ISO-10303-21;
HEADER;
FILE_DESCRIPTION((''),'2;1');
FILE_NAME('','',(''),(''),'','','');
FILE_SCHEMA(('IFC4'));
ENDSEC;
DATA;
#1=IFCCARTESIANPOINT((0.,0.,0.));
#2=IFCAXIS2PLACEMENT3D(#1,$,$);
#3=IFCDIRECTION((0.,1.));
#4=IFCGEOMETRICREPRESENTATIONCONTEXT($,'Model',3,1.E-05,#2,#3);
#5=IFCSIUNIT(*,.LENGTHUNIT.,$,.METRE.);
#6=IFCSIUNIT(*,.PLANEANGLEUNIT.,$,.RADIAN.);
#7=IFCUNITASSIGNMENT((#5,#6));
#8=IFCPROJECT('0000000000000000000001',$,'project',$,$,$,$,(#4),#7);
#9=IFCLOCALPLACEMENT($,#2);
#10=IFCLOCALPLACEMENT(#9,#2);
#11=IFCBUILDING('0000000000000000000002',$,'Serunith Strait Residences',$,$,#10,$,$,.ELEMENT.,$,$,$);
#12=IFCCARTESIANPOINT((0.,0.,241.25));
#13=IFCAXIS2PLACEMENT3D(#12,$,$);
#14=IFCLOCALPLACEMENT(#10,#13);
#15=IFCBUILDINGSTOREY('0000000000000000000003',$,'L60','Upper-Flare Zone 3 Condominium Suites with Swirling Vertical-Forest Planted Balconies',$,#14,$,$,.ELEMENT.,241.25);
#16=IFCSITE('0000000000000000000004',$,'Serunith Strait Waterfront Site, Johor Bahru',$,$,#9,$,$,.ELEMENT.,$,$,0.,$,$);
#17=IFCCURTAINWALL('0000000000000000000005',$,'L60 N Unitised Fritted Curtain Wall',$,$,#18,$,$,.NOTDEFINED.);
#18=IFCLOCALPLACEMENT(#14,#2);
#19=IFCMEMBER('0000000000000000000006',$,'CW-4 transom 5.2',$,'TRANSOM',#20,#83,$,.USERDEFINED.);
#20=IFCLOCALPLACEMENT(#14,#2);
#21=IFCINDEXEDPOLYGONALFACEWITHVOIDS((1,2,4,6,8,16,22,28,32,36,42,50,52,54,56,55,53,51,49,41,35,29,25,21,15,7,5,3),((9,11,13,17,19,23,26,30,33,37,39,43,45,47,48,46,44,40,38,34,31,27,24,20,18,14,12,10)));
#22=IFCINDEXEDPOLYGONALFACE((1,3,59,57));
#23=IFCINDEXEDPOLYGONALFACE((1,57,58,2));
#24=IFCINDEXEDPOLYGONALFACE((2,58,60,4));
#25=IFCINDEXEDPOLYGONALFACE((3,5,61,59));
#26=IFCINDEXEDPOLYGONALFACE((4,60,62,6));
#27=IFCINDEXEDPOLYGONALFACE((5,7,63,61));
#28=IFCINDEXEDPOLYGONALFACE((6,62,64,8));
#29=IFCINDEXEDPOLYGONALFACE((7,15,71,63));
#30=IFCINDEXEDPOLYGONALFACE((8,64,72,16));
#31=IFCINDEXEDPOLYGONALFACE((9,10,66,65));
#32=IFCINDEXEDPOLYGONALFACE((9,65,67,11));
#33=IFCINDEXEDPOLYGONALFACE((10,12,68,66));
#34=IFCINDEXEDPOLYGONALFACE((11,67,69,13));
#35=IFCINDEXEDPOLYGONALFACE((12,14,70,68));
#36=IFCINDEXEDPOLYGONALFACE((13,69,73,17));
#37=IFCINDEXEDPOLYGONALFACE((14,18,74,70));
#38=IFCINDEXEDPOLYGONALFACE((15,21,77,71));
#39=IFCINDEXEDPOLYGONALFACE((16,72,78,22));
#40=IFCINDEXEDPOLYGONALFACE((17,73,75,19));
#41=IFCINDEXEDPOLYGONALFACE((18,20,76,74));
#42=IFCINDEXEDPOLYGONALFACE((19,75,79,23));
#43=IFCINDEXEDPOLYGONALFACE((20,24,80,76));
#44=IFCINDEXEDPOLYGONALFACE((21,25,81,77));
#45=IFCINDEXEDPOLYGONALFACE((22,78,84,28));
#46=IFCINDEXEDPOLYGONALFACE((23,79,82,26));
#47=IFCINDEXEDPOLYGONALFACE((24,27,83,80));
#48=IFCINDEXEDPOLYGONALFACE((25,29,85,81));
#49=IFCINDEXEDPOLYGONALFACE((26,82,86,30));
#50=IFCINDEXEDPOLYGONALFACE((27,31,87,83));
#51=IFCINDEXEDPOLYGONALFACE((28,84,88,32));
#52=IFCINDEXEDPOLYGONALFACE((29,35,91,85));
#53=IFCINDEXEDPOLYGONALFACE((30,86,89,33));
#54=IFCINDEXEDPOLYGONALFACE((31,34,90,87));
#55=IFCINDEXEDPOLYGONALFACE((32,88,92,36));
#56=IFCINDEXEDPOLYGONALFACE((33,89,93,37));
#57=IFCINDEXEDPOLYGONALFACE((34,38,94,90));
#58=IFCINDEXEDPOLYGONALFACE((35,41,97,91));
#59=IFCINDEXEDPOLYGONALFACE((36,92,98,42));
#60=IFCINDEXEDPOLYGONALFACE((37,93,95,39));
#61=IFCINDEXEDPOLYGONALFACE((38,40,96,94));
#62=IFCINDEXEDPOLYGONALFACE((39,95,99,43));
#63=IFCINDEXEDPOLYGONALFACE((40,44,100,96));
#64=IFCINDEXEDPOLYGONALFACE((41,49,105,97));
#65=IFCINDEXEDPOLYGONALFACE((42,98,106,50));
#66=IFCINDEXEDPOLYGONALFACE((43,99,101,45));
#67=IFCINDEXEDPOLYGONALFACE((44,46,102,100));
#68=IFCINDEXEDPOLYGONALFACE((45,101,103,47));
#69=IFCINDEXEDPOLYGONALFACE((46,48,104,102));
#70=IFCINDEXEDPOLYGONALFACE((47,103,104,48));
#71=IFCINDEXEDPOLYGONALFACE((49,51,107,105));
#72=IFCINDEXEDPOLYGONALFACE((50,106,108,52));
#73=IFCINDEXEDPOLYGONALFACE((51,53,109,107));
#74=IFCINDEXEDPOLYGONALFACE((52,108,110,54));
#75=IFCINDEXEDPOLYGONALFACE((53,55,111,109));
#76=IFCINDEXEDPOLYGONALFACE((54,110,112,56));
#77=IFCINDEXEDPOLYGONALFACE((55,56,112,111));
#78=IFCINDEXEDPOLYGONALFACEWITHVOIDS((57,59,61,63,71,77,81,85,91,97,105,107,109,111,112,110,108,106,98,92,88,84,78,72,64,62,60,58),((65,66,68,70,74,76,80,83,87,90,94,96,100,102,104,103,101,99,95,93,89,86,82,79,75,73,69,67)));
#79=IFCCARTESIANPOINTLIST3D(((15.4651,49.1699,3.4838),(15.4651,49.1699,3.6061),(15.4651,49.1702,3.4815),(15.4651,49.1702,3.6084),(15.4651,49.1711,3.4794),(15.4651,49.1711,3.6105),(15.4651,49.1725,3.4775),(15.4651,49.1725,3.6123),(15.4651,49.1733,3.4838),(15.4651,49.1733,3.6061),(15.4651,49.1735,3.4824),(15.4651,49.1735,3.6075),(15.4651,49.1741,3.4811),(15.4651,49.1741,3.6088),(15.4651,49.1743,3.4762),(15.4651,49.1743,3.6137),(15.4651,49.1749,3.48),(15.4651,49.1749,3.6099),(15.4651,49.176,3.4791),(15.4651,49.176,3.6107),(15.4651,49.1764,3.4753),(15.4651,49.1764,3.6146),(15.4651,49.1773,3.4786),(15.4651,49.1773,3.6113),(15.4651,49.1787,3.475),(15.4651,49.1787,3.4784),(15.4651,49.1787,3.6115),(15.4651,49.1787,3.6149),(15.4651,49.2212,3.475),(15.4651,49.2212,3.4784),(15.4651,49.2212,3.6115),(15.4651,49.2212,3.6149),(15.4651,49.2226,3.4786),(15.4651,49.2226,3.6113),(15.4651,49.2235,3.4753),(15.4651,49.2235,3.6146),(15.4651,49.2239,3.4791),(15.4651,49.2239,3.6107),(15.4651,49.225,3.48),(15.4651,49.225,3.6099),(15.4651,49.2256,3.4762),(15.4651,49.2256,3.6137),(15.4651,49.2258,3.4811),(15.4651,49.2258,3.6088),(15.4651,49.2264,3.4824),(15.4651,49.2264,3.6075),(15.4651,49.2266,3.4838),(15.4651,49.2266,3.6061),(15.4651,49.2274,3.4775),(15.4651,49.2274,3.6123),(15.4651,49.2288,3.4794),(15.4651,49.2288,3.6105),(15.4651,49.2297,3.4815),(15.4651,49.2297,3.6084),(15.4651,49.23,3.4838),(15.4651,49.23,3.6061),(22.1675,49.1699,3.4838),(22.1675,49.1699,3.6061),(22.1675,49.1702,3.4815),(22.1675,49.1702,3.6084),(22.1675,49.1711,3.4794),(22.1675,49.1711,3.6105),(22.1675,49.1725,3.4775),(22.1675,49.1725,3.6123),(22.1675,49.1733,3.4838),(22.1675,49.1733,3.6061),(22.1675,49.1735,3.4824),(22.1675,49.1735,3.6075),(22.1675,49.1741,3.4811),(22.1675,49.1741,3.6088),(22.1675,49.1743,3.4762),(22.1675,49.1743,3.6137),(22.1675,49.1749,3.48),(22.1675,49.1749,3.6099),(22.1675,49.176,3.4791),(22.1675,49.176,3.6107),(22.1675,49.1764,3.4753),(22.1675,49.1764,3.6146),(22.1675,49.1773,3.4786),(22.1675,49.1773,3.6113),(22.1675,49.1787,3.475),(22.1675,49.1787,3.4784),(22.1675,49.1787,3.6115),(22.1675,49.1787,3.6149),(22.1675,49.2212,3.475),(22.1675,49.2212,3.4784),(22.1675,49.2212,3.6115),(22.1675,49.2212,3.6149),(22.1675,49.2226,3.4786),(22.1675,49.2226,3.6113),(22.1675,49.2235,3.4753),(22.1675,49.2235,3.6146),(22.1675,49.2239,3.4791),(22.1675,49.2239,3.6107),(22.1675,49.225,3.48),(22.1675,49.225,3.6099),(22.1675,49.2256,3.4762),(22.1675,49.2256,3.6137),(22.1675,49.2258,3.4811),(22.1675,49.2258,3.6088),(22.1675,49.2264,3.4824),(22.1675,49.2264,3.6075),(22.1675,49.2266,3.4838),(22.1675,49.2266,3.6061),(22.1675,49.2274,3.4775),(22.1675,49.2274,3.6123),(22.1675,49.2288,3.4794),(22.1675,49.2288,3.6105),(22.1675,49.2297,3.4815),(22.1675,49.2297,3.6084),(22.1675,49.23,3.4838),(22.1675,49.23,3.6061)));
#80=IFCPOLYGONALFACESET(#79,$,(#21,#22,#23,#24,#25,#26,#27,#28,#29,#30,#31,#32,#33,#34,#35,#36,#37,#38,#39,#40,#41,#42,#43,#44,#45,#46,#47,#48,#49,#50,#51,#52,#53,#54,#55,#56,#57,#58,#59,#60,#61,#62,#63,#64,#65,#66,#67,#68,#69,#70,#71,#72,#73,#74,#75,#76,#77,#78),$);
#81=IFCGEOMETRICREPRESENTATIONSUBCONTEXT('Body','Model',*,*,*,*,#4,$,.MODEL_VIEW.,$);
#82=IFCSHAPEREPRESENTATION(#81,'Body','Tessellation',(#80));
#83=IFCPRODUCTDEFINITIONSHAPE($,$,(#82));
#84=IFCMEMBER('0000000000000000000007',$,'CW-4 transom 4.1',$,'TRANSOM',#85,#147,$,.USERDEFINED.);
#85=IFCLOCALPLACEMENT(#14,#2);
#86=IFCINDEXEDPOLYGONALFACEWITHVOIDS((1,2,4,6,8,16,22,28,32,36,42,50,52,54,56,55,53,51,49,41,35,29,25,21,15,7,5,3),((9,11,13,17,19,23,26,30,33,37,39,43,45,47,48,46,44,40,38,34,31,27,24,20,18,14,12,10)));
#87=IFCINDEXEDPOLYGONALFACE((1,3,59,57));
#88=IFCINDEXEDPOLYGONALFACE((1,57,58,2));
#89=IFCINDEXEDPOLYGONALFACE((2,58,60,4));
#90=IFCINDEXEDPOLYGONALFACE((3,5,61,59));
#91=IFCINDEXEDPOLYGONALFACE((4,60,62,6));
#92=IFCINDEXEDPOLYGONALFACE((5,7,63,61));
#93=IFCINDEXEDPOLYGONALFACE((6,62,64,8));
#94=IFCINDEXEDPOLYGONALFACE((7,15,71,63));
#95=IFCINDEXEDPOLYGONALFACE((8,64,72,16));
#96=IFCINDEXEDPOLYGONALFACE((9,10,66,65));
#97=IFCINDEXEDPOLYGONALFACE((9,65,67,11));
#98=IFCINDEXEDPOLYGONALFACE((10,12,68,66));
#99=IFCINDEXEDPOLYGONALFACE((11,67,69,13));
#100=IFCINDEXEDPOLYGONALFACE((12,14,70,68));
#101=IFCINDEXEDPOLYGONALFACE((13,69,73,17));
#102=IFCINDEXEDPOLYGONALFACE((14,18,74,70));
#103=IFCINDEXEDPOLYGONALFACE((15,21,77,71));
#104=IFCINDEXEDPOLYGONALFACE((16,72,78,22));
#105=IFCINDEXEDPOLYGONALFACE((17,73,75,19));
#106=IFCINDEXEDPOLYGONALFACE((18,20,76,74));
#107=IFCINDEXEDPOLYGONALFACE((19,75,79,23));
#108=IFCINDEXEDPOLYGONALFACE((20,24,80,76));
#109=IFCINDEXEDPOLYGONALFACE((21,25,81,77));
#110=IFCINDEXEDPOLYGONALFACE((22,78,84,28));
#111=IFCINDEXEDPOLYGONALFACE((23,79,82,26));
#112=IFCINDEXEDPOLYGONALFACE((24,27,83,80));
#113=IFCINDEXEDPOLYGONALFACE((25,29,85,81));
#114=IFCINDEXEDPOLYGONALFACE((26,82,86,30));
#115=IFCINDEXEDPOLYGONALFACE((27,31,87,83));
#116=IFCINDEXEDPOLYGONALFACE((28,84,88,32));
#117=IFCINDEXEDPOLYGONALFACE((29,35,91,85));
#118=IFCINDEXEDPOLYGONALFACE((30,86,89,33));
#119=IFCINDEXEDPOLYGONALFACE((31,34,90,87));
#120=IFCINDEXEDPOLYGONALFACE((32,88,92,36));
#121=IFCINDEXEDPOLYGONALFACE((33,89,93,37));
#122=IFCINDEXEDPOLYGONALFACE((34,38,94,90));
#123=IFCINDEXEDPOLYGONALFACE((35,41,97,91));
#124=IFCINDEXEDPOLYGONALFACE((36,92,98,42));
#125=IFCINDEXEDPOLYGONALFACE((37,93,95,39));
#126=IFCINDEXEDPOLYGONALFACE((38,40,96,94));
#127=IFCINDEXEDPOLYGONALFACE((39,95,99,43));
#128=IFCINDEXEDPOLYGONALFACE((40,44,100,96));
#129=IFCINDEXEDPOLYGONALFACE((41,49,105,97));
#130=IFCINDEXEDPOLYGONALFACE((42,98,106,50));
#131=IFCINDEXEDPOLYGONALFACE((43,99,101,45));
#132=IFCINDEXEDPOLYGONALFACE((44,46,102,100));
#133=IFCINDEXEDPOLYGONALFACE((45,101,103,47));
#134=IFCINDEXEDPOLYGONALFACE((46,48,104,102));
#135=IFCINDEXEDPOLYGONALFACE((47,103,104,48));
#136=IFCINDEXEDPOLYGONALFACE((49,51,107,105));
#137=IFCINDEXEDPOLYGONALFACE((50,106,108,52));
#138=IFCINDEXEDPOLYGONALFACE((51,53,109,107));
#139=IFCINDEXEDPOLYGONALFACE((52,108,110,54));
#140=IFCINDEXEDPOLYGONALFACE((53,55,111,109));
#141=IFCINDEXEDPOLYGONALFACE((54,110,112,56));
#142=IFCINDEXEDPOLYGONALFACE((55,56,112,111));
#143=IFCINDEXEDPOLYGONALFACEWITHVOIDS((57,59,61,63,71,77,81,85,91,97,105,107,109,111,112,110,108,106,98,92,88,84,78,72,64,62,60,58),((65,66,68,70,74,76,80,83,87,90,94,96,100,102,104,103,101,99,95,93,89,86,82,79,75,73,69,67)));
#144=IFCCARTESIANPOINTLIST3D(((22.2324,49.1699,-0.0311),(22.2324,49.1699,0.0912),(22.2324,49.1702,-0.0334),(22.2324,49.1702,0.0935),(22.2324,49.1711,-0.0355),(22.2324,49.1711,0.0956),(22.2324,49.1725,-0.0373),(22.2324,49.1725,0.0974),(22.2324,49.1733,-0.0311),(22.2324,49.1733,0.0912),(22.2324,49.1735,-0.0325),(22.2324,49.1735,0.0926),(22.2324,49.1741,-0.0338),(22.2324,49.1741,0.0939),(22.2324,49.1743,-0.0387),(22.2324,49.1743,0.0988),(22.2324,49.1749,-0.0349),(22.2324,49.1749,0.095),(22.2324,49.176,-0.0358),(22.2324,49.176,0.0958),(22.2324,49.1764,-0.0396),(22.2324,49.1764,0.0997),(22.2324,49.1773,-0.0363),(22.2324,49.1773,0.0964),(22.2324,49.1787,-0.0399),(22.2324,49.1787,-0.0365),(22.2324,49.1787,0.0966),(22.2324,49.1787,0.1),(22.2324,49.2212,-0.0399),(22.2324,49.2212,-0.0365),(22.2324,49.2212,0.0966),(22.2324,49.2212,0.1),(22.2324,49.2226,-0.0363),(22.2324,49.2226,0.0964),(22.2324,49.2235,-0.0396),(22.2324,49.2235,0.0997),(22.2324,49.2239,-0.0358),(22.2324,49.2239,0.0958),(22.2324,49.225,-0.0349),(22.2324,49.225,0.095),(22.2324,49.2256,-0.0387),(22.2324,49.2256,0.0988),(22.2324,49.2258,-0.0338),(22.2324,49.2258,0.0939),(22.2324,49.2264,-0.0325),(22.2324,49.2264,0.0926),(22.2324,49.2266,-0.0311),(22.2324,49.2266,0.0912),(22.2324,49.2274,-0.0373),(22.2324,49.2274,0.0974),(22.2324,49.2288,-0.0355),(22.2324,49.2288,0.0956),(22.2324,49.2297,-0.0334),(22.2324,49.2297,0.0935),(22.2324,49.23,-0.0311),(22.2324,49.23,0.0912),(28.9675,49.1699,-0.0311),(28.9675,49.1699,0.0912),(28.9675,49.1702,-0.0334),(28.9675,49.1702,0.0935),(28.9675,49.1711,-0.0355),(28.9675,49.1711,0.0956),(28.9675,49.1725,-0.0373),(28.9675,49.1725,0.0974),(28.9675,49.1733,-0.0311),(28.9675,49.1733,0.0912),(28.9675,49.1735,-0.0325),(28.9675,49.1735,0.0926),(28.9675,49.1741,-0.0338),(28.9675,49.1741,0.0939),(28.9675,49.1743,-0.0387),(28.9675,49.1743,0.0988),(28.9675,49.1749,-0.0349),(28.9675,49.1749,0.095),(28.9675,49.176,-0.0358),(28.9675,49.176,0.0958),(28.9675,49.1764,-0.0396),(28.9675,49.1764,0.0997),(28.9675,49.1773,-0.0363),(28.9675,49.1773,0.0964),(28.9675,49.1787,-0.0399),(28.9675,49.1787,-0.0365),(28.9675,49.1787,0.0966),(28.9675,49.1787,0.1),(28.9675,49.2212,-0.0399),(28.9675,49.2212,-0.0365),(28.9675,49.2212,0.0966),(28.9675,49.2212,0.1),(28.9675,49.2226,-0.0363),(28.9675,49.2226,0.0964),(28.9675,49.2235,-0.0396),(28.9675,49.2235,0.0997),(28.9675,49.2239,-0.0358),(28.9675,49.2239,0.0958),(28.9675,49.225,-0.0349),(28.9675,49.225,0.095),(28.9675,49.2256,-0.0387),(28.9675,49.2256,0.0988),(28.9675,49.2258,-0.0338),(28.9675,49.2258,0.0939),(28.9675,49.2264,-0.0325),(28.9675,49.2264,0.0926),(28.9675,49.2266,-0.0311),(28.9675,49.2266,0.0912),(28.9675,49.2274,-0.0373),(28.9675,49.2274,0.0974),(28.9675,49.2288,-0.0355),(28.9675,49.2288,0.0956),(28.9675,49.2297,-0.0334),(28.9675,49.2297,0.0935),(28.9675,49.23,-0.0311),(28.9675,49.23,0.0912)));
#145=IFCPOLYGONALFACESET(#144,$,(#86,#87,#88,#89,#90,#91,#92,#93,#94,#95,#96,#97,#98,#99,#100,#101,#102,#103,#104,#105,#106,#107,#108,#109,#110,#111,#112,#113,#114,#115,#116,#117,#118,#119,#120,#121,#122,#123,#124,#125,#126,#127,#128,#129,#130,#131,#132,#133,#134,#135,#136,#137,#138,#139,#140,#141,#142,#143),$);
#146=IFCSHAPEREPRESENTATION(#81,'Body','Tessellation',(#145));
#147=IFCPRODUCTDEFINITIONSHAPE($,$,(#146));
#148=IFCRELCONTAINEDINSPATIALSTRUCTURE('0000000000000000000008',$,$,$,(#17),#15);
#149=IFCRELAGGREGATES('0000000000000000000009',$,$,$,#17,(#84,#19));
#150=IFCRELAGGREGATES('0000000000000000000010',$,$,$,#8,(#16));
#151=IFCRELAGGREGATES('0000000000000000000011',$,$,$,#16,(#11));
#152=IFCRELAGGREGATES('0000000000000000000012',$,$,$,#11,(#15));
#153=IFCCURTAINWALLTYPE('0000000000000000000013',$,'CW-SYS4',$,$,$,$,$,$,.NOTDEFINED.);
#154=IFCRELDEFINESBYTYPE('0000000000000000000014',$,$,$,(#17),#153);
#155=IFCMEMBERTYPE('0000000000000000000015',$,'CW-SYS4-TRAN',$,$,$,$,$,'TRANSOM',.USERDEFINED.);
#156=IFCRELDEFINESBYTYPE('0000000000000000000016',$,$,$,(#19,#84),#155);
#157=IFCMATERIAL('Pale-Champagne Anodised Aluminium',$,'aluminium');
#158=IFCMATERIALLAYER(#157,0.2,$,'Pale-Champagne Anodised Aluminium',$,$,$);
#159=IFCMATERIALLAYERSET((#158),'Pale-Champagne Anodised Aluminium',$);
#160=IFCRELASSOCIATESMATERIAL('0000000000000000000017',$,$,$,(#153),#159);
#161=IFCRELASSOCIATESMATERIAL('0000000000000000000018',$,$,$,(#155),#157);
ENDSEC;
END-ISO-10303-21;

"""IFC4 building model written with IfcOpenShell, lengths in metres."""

from ifc_helpers import new_model, si_unit, direction, frame, origin, origin_2d, place, context, subcontext, project, spatial, hollow_rectangle, extrude, source, transform, mapped, material, layer, layer_set, material_profile, profile_set, type_object, element, aggregate, save


model = new_model("IFC4")

# Units and contexts
model_context = context("Model", 3, precision=1e-05, world=origin(), true_north=direction((0.0, 1.0)))
body_context = subcontext(model_context, "Body", "Model", "MODEL_VIEW")
ifc_project = project(units=[si_unit("LENGTHUNIT", "METRE"), si_unit("PLANEANGLEUNIT", "RADIAN")], contexts=[model_context])

# Site, building, storey
site_placement = place(None, origin())
site = spatial("IfcSite", under=ifc_project, at=site_placement, Name="Serunith Strait Waterfront Site, Johor Bahru", CompositionType="ELEMENT", RefElevation=0.0)
building_placement = place(site_placement, origin())
building = spatial("IfcBuilding", under=site, at=building_placement, Name="Serunith Strait Residences", CompositionType="ELEMENT")
storey_placement = place(building_placement, frame((0.0, 0.0, 241.25)))
storey = spatial("IfcBuildingStorey", under=building, at=storey_placement, Name="L60", Description="Upper-Flare Zone 3 Condominium Suites with Swirling Vertical-Forest Planted Balconies", CompositionType="ELEMENT", Elevation=241.25)

# Curtain wall, members
ifc_material_1 = material(Name="Pale-Champagne Anodised Aluminium", Category="aluminium")
ifc_layer_1 = layer(ifc_material_1, 0.2, Name="Pale-Champagne Anodised Aluminium")
ifc_layer_set_1 = layer_set([ifc_layer_1], Name="Pale-Champagne Anodised Aluminium")
curtain_wall_type = type_object("IfcCurtainWallType", Name="CW-SYS4", PredefinedType="NOTDEFINED", material=ifc_layer_set_1)
curtain_wall_placement = place(storey_placement, origin())
curtain_wall = element("IfcCurtainWall", 1, at=curtain_wall_placement, inside=storey, type_object=curtain_wall_type, Name="L60 N Unitised Fritted Curtain Wall", PredefinedType="NOTDEFINED")
ifc_material_profile_1 = material_profile(ifc_material_1, hollow_rectangle(XDim=0.0601, YDim=0.1399, WallThickness=0.0034, InnerFilletRadius=0.0054, OuterFilletRadius=0.0088, at=origin_2d()), Name="ALU 140x60x3.5")
ifc_profile_set_1 = profile_set([ifc_material_profile_1], Name="Pale-Champagne Anodised Aluminium")
member_type_1 = type_object("IfcMemberType", Name="CW-SYS4-TRAN", ElementType="TRANSOM", PredefinedType="USERDEFINED", material=ifc_profile_set_1)
shared_shape_1 = source(origin(), body_context, "Body", "SweptSolid", [
    extrude(hollow_rectangle(XDim=0.0601, YDim=0.1399, WallThickness=0.0034, InnerFilletRadius=0.0054, OuterFilletRadius=0.0088, at=origin_2d()), origin(), (0.0, 0.0, 1.0), 6.7024),
])
member_1_placement = place(storey_placement, frame((22.1675, 49.2, 3.5449), z_axis=(-1.0, 0.0, 0.0), x_axis=(0.0, -1.0, 0.0)))
member_1 = element("IfcMember", 2, at=member_1_placement, type_object=member_type_1, Name="CW-4 transom 5.2", ObjectType="TRANSOM", PredefinedType="USERDEFINED", context=body_context, shape_type="MappedRepresentation", body=[
    mapped(shared_shape_1, transform((0.0, 0.0, 0.0), scale=1.0)),
])
shared_shape_2 = source(origin(), body_context, "Body", "SweptSolid", [
    extrude(hollow_rectangle(XDim=0.0601, YDim=0.1399, WallThickness=0.0034, InnerFilletRadius=0.0054, OuterFilletRadius=0.0088, at=origin_2d()), origin(), (0.0, 0.0, 1.0), 6.7351),
])
member_2_placement = place(storey_placement, frame((28.9675, 49.2, 0.03), z_axis=(-1.0, 0.0, 0.0), x_axis=(0.0, -1.0, 0.0)))
member_2 = element("IfcMember", 3, at=member_2_placement, type_object=member_type_1, Name="CW-4 transom 4.1", ObjectType="TRANSOM", PredefinedType="USERDEFINED", context=body_context, shape_type="MappedRepresentation", body=[
    mapped(shared_shape_2, transform((0.0, 0.0, 0.0), scale=1.0)),
])
aggregate(curtain_wall, [member_2, member_1])

save(model, "model.ifc")
